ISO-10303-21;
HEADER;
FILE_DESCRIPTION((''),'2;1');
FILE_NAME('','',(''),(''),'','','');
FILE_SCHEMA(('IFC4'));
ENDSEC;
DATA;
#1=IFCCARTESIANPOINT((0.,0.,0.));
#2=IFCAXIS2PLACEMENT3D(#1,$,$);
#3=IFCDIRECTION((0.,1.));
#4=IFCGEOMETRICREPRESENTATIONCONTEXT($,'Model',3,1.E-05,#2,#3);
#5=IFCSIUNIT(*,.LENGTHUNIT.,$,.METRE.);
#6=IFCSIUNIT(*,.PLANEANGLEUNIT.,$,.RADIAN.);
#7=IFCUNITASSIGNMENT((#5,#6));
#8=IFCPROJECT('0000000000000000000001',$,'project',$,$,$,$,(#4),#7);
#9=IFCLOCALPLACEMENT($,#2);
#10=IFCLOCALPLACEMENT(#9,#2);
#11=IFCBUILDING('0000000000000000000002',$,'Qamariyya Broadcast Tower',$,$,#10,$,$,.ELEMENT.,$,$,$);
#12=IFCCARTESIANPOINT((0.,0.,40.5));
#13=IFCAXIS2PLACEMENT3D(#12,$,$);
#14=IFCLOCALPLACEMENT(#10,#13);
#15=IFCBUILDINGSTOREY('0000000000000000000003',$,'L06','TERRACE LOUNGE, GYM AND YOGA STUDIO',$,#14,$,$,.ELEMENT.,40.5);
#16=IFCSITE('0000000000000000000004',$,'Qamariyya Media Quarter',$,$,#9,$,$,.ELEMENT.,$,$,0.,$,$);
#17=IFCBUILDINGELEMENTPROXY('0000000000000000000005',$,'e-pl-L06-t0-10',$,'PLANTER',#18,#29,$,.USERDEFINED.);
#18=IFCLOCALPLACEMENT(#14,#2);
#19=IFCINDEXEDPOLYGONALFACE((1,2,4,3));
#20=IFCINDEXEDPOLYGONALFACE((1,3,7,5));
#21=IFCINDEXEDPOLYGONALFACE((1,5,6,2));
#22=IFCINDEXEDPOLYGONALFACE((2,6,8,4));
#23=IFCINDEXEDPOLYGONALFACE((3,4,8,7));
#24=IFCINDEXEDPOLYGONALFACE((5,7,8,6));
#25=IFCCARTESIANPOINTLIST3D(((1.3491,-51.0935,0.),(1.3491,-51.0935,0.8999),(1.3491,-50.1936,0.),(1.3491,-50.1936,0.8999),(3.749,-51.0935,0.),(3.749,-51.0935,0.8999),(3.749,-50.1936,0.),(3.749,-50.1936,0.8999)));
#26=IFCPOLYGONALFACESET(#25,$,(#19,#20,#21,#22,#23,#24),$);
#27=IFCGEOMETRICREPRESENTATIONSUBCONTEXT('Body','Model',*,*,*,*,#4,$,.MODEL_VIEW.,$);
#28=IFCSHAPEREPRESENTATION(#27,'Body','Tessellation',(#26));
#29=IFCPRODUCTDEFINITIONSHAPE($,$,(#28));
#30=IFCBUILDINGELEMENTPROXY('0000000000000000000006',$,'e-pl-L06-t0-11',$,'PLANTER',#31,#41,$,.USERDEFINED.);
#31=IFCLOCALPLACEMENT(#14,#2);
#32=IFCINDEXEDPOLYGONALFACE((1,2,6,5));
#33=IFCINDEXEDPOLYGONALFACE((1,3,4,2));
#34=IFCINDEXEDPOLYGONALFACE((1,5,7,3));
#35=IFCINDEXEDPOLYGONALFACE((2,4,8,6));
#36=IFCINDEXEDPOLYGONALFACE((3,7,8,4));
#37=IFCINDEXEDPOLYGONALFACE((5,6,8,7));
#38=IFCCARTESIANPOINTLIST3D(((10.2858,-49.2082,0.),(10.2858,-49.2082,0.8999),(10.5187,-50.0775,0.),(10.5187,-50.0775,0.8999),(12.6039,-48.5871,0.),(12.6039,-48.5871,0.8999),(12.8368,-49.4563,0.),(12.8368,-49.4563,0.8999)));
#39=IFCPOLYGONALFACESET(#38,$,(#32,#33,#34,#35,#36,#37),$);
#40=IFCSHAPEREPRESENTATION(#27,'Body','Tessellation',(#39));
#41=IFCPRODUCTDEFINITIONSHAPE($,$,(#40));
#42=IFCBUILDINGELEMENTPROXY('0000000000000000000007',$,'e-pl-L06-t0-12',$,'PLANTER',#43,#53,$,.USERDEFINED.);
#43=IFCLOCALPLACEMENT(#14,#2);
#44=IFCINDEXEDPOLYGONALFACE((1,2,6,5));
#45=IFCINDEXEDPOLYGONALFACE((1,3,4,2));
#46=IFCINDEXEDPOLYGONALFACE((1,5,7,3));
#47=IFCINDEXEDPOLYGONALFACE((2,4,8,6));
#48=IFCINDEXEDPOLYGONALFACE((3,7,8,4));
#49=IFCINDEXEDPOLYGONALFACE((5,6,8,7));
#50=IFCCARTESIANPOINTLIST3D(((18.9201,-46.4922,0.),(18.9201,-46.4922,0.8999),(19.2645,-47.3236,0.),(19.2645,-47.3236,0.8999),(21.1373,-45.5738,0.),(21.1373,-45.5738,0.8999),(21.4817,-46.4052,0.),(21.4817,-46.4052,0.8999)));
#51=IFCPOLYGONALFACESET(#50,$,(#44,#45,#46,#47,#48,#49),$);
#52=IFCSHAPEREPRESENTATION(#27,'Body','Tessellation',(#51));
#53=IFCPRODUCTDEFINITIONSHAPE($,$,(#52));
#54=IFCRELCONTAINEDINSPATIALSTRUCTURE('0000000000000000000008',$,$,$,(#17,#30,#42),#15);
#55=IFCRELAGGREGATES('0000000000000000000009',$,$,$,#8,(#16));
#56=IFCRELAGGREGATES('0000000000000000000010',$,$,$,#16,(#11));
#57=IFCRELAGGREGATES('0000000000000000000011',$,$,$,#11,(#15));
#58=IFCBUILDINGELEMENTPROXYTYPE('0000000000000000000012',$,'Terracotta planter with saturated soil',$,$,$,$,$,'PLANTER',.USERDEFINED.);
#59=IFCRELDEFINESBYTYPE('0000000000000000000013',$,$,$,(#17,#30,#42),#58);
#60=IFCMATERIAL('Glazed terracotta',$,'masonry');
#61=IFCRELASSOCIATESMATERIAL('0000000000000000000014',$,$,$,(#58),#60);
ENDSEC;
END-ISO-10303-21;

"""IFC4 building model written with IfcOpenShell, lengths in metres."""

from ifc_helpers import new_model, si_unit, direction, frame, origin, origin_2d, place, context, subcontext, project, spatial, rectangle, extrude, material, type_object, element, save


model = new_model("IFC4")

# Units and contexts
model_context = context("Model", 3, precision=1e-05, world=origin(), true_north=direction((0.0, 1.0)))
body_context = subcontext(model_context, "Body", "Model", "MODEL_VIEW")
ifc_project = project(units=[si_unit("LENGTHUNIT", "METRE"), si_unit("PLANEANGLEUNIT", "RADIAN")], contexts=[model_context])

# Site, building, storey
site_placement = place(None, origin())
site = spatial("IfcSite", under=ifc_project, at=site_placement, Name="Qamariyya Media Quarter", CompositionType="ELEMENT", RefElevation=0.0)
building_placement = place(site_placement, origin())
building = spatial("IfcBuilding", under=site, at=building_placement, Name="Qamariyya Broadcast Tower", CompositionType="ELEMENT")
storey_placement = place(building_placement, frame((0.0, 0.0, 40.5)))
storey = spatial("IfcBuildingStorey", under=building, at=storey_placement, Name="L06", Description="TERRACE LOUNGE, GYM AND YOGA STUDIO", CompositionType="ELEMENT", Elevation=40.5)

# Building element proxies
ifc_material_1 = material(Name="Glazed terracotta", Category="masonry")
building_element_proxy_type = type_object("IfcBuildingElementProxyType", Name="Terracotta planter with saturated soil", ElementType="PLANTER", PredefinedType="USERDEFINED", material=ifc_material_1)
for number, where, z_axis, x_axis, name in (
    (1, (2.5491, -50.6436, 0.0), (0.0, 0.0, 1.0), (1.0, 0.0, 0.0), "e-pl-L06-t0-10"),
    (2, (11.5613, -49.3323, 0.0), (0.0, 0.0, 1.0), (0.965926, 0.258819, 0.0), "e-pl-L06-t0-11"),
    (3, (20.2009, -46.4487, 0.0), (0.0, 0.0, 1.0), (0.92388, 0.382683, 0.0), "e-pl-L06-t0-12"),
):
    element("IfcBuildingElementProxy", number, at=place(storey_placement, frame(where, z_axis=z_axis, x_axis=x_axis)), inside=storey, type_object=building_element_proxy_type, Name=name, ObjectType="PLANTER", PredefinedType="USERDEFINED", context=body_context, shape_type="SweptSolid", body=[
        extrude(rectangle(XDim=2.3999, YDim=0.8999, at=origin_2d()), origin(), (0.0, 0.0, 1.0), 0.8999),
    ])

save(model, "model.ifc")
